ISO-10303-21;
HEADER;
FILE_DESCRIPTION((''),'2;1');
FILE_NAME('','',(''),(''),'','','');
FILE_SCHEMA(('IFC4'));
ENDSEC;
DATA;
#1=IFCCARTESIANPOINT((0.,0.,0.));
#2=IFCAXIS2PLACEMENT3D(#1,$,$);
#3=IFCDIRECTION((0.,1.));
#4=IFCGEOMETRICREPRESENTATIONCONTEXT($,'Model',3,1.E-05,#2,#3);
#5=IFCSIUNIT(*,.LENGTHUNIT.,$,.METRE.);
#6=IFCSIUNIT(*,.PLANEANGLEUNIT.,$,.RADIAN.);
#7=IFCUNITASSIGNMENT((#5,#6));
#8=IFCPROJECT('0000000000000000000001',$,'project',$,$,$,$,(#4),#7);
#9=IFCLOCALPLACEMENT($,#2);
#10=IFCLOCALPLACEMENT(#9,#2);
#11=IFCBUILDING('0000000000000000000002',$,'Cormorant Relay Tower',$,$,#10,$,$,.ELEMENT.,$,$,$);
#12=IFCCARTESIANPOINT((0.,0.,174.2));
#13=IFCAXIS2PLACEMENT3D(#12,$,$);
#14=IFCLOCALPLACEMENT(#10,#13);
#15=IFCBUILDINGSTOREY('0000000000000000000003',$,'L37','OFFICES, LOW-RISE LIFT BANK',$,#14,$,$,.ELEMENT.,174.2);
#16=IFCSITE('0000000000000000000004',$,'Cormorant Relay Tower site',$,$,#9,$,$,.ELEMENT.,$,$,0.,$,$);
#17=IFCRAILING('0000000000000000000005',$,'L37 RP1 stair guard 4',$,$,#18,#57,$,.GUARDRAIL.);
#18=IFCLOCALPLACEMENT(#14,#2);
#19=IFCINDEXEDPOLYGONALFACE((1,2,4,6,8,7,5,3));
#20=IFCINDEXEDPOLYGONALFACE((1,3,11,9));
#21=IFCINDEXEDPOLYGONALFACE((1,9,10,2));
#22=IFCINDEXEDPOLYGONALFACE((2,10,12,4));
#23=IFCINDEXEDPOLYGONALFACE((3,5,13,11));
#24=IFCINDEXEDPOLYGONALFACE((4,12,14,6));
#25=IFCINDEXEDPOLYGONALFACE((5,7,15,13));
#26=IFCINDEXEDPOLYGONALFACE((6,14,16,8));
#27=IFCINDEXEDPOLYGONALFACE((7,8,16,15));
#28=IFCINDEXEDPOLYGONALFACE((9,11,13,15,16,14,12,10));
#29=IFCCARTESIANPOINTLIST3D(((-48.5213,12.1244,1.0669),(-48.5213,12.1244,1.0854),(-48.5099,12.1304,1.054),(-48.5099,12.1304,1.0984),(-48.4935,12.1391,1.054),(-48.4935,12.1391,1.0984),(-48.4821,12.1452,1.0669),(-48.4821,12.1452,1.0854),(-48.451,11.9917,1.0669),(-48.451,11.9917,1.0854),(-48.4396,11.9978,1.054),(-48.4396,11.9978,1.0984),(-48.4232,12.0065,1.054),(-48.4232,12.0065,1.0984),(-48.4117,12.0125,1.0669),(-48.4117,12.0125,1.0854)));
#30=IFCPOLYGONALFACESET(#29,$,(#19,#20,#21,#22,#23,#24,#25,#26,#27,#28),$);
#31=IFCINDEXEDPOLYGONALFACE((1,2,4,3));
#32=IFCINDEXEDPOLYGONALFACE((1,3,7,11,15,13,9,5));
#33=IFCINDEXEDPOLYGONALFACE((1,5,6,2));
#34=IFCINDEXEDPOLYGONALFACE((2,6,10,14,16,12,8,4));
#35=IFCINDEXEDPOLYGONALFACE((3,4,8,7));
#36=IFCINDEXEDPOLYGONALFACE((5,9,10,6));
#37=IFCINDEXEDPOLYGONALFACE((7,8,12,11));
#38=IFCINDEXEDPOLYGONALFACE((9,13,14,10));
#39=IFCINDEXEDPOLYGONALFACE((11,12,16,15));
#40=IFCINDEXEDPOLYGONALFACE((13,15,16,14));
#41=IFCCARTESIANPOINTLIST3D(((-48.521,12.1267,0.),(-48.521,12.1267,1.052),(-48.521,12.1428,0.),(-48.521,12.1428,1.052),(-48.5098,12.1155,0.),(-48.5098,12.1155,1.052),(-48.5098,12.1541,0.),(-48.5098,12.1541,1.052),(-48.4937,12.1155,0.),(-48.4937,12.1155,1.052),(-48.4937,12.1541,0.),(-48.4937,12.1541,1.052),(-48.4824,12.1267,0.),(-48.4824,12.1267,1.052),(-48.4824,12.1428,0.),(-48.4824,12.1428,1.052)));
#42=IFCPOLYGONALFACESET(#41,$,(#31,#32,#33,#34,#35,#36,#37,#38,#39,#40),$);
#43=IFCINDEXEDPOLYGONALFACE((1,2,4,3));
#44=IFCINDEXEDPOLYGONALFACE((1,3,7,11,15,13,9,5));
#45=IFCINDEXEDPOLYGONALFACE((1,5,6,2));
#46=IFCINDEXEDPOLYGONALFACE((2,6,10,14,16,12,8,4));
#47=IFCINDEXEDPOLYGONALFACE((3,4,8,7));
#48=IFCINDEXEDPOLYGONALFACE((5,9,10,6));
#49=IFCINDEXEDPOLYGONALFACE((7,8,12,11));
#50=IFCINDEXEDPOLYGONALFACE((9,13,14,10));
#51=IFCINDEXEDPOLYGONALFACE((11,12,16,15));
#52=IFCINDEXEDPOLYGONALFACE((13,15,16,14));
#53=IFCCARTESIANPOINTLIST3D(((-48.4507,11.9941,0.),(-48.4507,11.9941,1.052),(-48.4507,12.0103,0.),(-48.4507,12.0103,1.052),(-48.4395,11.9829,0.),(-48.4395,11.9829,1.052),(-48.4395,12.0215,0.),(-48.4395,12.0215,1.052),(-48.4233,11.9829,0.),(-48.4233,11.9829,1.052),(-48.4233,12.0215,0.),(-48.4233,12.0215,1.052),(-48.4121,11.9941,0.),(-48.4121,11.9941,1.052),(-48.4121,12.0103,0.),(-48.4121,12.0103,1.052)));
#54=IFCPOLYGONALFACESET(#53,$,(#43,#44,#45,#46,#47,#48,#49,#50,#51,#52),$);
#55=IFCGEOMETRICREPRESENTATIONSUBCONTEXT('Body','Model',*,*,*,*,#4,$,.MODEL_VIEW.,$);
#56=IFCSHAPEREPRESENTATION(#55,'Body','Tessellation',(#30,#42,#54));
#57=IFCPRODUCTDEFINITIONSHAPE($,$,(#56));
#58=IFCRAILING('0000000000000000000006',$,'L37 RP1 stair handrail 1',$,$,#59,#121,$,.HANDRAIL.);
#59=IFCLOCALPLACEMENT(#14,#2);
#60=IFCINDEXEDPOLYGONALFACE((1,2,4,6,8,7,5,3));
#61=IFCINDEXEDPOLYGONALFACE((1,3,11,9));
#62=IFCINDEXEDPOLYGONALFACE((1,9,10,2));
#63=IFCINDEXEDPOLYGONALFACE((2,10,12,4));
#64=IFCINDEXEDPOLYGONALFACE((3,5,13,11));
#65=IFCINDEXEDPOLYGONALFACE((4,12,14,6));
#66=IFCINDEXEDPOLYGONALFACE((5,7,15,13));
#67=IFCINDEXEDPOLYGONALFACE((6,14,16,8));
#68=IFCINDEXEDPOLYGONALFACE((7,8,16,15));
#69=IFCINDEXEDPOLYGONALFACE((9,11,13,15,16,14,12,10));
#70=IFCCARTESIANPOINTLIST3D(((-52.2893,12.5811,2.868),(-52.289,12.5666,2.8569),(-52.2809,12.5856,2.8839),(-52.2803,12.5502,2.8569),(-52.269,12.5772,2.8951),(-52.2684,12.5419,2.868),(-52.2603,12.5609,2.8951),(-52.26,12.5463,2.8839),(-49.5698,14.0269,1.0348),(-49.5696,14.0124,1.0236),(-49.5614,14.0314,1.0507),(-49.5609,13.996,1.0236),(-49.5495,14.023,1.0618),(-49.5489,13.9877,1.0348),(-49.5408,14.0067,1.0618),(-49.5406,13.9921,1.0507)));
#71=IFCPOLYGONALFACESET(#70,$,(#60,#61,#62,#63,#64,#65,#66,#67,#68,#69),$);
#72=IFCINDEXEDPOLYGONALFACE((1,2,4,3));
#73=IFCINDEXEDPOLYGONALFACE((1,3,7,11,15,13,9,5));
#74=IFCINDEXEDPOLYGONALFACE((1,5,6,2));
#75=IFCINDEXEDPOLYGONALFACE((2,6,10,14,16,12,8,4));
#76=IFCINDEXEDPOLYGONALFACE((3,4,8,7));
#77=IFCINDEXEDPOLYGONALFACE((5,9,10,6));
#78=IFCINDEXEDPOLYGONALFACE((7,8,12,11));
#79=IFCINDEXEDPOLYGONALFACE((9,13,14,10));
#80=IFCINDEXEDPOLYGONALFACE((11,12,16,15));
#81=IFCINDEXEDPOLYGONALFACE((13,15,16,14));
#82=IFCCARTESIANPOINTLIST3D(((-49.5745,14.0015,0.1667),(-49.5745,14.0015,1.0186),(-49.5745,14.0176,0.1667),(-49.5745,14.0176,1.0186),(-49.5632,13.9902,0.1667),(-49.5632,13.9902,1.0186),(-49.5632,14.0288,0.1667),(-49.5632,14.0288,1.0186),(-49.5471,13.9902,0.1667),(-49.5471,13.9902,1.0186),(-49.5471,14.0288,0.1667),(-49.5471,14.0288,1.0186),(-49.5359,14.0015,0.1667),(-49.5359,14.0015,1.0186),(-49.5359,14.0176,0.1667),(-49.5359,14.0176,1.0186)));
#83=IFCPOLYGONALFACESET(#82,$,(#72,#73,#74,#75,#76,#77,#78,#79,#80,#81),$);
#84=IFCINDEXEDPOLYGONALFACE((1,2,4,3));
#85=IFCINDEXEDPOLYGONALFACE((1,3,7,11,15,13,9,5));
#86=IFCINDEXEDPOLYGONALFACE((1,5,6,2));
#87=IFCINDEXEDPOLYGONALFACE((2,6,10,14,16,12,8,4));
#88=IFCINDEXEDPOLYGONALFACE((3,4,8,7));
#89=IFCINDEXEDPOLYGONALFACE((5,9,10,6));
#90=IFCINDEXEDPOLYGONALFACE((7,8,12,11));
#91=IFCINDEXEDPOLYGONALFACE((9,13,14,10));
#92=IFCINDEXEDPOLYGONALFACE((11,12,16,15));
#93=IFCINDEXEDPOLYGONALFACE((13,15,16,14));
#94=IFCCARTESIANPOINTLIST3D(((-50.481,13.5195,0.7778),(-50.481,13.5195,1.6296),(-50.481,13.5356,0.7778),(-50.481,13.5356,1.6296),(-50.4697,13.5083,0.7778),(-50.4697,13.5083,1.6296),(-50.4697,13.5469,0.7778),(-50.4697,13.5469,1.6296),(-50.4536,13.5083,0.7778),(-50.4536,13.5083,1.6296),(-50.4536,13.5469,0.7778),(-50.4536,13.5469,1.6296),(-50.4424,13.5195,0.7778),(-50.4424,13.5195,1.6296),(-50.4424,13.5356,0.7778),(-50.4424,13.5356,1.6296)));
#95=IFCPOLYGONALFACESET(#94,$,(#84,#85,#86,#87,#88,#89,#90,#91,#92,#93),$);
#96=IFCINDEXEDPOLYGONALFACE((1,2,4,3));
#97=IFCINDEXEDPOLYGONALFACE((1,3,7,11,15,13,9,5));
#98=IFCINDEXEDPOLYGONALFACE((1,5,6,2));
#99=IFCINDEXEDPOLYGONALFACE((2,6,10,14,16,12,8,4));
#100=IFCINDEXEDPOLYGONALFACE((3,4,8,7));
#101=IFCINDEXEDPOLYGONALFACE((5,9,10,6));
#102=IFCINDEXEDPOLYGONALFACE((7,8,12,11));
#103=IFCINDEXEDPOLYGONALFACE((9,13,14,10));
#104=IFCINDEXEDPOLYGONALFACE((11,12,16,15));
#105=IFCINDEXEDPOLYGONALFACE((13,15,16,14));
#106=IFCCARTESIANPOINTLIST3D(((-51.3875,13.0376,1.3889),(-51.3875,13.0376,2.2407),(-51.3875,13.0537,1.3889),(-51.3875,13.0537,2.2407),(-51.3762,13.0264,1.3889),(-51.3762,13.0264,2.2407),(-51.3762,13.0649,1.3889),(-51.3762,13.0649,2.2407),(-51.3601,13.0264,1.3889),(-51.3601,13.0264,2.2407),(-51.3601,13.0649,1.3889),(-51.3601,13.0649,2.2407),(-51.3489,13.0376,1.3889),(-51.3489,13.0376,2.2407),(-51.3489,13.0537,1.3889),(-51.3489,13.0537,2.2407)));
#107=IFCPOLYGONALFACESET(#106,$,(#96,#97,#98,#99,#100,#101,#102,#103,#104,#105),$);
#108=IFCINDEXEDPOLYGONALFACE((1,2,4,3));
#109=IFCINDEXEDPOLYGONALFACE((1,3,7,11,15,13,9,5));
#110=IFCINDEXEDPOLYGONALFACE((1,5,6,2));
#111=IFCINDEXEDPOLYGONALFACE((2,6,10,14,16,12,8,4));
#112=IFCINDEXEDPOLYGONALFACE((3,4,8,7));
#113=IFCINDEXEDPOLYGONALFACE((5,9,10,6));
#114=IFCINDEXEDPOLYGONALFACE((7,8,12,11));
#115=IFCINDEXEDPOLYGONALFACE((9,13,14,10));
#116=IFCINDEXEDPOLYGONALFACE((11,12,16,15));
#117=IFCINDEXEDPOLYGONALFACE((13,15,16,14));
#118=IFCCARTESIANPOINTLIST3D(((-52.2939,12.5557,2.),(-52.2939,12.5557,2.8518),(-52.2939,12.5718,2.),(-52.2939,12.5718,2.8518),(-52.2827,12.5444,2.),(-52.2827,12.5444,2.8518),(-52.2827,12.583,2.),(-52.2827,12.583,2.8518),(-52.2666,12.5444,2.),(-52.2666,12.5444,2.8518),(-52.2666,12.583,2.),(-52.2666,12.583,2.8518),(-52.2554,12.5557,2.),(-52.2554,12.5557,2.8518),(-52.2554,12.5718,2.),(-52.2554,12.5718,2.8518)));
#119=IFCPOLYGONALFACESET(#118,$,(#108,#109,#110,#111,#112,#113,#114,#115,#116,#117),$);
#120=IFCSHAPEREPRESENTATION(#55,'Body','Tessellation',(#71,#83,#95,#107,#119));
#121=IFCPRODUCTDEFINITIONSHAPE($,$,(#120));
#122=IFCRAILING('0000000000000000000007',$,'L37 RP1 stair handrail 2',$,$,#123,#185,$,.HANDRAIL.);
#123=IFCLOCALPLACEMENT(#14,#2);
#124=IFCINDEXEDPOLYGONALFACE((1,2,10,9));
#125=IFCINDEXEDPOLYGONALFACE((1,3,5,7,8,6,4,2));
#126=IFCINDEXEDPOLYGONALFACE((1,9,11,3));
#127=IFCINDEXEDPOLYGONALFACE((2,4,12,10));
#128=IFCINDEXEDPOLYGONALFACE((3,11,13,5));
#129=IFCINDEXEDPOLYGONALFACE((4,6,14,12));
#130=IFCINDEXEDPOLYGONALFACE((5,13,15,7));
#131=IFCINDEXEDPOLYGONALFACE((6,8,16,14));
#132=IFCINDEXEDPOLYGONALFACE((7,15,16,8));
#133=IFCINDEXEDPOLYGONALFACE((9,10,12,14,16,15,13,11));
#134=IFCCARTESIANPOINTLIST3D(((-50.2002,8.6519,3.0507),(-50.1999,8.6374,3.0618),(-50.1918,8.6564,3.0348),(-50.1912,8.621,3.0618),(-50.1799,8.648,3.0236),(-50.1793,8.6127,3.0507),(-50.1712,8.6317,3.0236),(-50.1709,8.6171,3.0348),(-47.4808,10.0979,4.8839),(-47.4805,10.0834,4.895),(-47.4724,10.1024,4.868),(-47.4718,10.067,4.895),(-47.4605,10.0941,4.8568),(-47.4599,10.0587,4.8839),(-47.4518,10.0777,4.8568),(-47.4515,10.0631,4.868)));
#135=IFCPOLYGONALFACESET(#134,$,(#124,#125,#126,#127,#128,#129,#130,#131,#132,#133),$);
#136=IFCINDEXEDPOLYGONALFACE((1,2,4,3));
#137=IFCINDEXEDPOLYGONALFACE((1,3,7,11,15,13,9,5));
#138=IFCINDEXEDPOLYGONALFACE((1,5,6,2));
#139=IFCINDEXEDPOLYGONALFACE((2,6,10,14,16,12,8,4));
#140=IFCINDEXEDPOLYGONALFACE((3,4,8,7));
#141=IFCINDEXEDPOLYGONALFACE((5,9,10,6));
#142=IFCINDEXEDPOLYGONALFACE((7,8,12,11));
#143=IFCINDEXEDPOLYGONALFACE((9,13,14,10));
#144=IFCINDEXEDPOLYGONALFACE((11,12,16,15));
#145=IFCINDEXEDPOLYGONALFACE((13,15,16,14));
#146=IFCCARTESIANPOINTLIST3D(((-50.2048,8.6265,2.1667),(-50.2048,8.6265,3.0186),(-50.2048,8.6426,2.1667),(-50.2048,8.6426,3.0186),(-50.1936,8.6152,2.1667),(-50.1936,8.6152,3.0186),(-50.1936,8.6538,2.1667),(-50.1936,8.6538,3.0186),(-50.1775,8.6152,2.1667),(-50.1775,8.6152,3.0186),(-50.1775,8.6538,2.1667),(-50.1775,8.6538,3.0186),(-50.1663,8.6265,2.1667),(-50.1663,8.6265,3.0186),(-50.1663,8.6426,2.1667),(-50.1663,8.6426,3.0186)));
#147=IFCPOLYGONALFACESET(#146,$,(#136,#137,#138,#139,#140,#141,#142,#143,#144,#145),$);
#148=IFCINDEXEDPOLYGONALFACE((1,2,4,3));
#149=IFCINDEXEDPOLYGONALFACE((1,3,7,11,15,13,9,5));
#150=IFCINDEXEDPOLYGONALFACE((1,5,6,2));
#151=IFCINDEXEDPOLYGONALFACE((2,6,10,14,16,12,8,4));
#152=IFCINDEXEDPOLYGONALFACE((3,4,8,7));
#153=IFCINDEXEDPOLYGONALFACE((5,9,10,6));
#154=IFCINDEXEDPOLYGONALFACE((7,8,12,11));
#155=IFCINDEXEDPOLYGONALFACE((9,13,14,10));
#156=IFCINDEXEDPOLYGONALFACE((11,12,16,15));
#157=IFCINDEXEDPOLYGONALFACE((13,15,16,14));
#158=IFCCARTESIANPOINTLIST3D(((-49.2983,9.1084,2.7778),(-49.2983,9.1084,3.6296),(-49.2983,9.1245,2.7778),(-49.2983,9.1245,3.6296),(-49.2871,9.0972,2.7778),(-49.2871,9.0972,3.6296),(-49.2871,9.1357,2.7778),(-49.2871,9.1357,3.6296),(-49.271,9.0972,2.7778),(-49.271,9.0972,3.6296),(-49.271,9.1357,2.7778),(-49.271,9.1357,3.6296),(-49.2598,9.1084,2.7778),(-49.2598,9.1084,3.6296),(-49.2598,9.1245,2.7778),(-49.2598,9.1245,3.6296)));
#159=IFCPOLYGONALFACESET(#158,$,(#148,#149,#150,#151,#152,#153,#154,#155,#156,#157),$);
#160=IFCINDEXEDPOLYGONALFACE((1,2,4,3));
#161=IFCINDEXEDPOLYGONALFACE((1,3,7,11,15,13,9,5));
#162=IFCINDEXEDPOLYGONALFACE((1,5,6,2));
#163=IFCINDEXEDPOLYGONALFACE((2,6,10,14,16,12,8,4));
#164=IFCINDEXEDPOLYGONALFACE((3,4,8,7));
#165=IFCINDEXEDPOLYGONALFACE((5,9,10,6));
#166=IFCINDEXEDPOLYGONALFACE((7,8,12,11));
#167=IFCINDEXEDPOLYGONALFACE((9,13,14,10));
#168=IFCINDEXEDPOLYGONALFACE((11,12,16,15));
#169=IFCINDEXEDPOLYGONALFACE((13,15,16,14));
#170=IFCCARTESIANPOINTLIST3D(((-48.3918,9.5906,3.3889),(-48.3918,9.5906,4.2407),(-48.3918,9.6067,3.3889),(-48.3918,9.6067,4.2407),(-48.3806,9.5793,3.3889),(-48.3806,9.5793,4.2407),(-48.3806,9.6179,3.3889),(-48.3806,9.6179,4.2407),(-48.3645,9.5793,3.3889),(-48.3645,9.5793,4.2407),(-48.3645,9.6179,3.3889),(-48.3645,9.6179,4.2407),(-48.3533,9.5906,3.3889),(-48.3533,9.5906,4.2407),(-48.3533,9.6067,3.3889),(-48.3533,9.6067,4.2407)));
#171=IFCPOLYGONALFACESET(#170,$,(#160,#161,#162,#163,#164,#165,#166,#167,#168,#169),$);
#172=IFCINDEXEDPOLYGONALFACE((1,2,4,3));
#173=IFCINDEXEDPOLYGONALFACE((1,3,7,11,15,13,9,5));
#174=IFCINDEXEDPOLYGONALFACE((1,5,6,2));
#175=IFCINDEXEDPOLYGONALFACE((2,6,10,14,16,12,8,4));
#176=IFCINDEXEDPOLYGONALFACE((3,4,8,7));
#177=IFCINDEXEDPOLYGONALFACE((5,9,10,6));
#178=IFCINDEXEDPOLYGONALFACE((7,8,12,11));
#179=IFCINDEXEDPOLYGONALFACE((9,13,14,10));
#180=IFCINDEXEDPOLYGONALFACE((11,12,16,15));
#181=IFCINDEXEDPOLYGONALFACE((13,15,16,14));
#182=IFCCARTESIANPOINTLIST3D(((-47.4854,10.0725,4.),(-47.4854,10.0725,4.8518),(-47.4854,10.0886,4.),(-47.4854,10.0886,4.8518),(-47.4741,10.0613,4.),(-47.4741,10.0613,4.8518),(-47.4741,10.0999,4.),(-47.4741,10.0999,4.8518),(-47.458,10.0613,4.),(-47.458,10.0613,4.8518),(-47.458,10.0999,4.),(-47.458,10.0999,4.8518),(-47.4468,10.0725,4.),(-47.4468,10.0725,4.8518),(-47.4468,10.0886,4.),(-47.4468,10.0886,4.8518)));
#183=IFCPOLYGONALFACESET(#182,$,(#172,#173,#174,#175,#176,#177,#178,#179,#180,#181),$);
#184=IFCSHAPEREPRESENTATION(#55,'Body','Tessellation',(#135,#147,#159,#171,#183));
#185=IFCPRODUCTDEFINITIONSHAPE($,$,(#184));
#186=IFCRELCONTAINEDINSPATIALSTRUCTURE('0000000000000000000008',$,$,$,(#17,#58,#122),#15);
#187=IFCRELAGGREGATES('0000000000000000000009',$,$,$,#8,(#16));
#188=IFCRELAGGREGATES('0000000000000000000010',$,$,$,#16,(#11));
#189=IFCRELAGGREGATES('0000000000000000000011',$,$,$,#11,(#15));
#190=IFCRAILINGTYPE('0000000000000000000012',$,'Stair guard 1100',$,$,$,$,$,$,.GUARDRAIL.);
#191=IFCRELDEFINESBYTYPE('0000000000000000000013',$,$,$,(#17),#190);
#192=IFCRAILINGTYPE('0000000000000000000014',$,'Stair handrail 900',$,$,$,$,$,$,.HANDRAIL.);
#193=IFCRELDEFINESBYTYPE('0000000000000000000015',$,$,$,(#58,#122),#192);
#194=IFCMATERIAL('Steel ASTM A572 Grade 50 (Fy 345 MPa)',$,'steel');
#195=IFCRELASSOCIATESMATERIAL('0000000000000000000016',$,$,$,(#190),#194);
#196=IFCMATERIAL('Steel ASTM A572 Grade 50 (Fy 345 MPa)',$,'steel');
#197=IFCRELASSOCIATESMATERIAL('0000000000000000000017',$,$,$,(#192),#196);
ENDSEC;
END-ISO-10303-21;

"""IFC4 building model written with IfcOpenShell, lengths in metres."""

from ifc_helpers import new_model, si_unit, direction, frame, origin, place, context, subcontext, project, spatial, polyline, outline, extrude, material, type_object, element, save


model = new_model("IFC4")

# Units and contexts
model_context = context("Model", 3, precision=1e-05, world=origin(), true_north=direction((0.0, 1.0)))
body_context = subcontext(model_context, "Body", "Model", "MODEL_VIEW")
ifc_project = project(units=[si_unit("LENGTHUNIT", "METRE"), si_unit("PLANEANGLEUNIT", "RADIAN")], contexts=[model_context])

# Site, building, storey
site_placement = place(None, origin())
site = spatial("IfcSite", under=ifc_project, at=site_placement, Name="Cormorant Relay Tower site", CompositionType="ELEMENT", RefElevation=0.0)
building_placement = place(site_placement, origin())
building = spatial("IfcBuilding", under=site, at=building_placement, Name="Cormorant Relay Tower", CompositionType="ELEMENT")
storey_placement = place(building_placement, frame((0.0, 0.0, 174.2)))
storey = spatial("IfcBuildingStorey", under=building, at=storey_placement, Name="L37", Description="OFFICES, LOW-RISE LIFT BANK", CompositionType="ELEMENT", Elevation=174.2)

# Railings
ifc_material_1 = material(Name="Steel ASTM A572 Grade 50 (Fy 345 MPa)", Category="steel")
railing_type_1 = type_object("IfcRailingType", Name="Stair guard 1100", PredefinedType="GUARDRAIL", material=ifc_material_1)
railing_1_placement = place(storey_placement, frame((-48.5017, 12.1348, 0.0)))
element("IfcRailing", 1, at=railing_1_placement, inside=storey, type_object=railing_type_1, Name="L37 RP1 stair guard 4", PredefinedType="GUARDRAIL", context=body_context, shape_type="SweptSolid", body=[
    extrude(outline(polyline([(0.0222, 0.0093), (0.0093, 0.0222), (-0.0093, 0.0222), (-0.0222, 0.0093), (-0.0222, -0.0093), (-0.0093, -0.0222), (0.0093, -0.0222), (0.0222, -0.0093), (0.0222, 0.0093)])), frame((0.0, 0.0, 1.0762), z_axis=(0.46856, -0.883431, 0.0), x_axis=(0.883431, 0.46856, 0.0)), (0.0, 0.0, 1.0), 0.1501),
    extrude(outline(polyline([(0.0193, 0.0081), (0.0081, 0.0193), (-0.0081, 0.0193), (-0.0193, 0.0081), (-0.0193, -0.0081), (-0.0081, -0.0193), (0.0081, -0.0193), (0.0193, -0.0081), (0.0193, 0.0081)])), origin(), (0.0, 0.0, 1.0), 1.052),
    extrude(outline(polyline([(0.0193, 0.0081), (0.0081, 0.0193), (-0.0081, 0.0193), (-0.0193, 0.0081), (-0.0193, -0.0081), (-0.0081, -0.0193), (0.0081, -0.0193), (0.0193, -0.0081), (0.0193, 0.0081)])), frame((0.0703, -0.1326, 0.0)), (0.0, 0.0, 1.0), 1.052),
])
ifc_material_2 = material(Name="Steel ASTM A572 Grade 50 (Fy 345 MPa)", Category="steel")
railing_type_2 = type_object("IfcRailingType", Name="Stair handrail 900", PredefinedType="HANDRAIL", material=ifc_material_2)
railing_2_placement = place(storey_placement, frame((-49.5552, 14.0095, 0.1667)))
element("IfcRailing", 2, at=railing_2_placement, inside=storey, type_object=railing_type_2, Name="L37 RP1 stair handrail 1", PredefinedType="HANDRAIL", context=body_context, shape_type="SweptSolid", body=[
    extrude(outline(polyline([(0.0222, 0.0093), (0.0093, 0.0222), (-0.0093, 0.0222), (-0.0222, 0.0093), (-0.0222, -0.0093), (-0.0093, -0.0222), (0.0093, -0.0222), (0.0222, -0.0093), (0.0222, 0.0093)])), frame((0.0, 0.0, 0.876), z_axis=(-0.758735, -0.403378, 0.511477), x_axis=(0.469428, -0.882971, 0.0)), (0.0, 0.0, 1.0), 3.5842),
    extrude(outline(polyline([(0.0193, 0.0081), (0.0081, 0.0193), (-0.0081, 0.0193), (-0.0193, 0.0081), (-0.0193, -0.0081), (-0.0081, -0.0193), (0.0081, -0.0193), (0.0193, -0.0081), (0.0193, 0.0081)])), origin(), (0.0, 0.0, 1.0), 0.8518),
    extrude(outline(polyline([(0.0193, 0.0081), (0.0081, 0.0193), (-0.0081, 0.0193), (-0.0193, 0.0081), (-0.0193, -0.0081), (-0.0081, -0.0193), (0.0081, -0.0193), (0.0193, -0.0081), (0.0193, 0.0081)])), frame((-0.9065, -0.4819, 0.6111)), (0.0, 0.0, 1.0), 0.8518),
    extrude(outline(polyline([(0.0193, 0.0081), (0.0081, 0.0193), (-0.0081, 0.0193), (-0.0193, 0.0081), (-0.0193, -0.0081), (-0.0081, -0.0193), (0.0081, -0.0193), (0.0193, -0.0081), (0.0193, 0.0081)])), frame((-1.813, -0.9639, 1.2222)), (0.0, 0.0, 1.0), 0.8518),
    extrude(outline(polyline([(0.0193, 0.0081), (0.0081, 0.0193), (-0.0081, 0.0193), (-0.0193, 0.0081), (-0.0193, -0.0081), (-0.0081, -0.0193), (0.0081, -0.0193), (0.0193, -0.0081), (0.0193, 0.0081)])), frame((-2.7195, -1.4458, 1.8333)), (0.0, 0.0, 1.0), 0.8518),
])
railing_3_placement = place(storey_placement, frame((-50.1855, 8.6345, 2.1667)))
element("IfcRailing", 3, at=railing_3_placement, inside=storey, type_object=railing_type_2, Name="L37 RP1 stair handrail 2", PredefinedType="HANDRAIL", context=body_context, shape_type="SweptSolid", body=[
    extrude(outline(polyline([(0.0222, 0.0093), (0.0093, 0.0222), (-0.0093, 0.0222), (-0.0222, 0.0093), (-0.0222, -0.0093), (-0.0093, -0.0222), (0.0093, -0.0222), (0.0222, -0.0093), (0.0222, 0.0093)])), frame((0.0, 0.0, 0.876), z_axis=(0.758714, 0.403435, 0.511463), x_axis=(-0.469489, 0.882938, 0.0)), (0.0, 0.0, 1.0), 3.5842),
    extrude(outline(polyline([(0.0193, 0.0081), (0.0081, 0.0193), (-0.0081, 0.0193), (-0.0193, 0.0081), (-0.0193, -0.0081), (-0.0081, -0.0193), (0.0081, -0.0193), (0.0193, -0.0081), (0.0193, 0.0081)])), origin(), (0.0, 0.0, 1.0), 0.8518),
    extrude(outline(polyline([(0.0193, 0.0081), (0.0081, 0.0193), (-0.0081, 0.0193), (-0.0193, 0.0081), (-0.0193, -0.0081), (-0.0081, -0.0193), (0.0081, -0.0193), (0.0193, -0.0081), (0.0193, 0.0081)])), frame((0.9065, 0.4819, 0.6111)), (0.0, 0.0, 1.0), 0.8518),
    extrude(outline(polyline([(0.0193, 0.0081), (0.0081, 0.0193), (-0.0081, 0.0193), (-0.0193, 0.0081), (-0.0193, -0.0081), (-0.0081, -0.0193), (0.0081, -0.0193), (0.0193, -0.0081), (0.0193, 0.0081)])), frame((1.813, 0.9641, 1.2222)), (0.0, 0.0, 1.0), 0.8518),
    extrude(outline(polyline([(0.0193, 0.0081), (0.0081, 0.0193), (-0.0081, 0.0193), (-0.0193, 0.0081), (-0.0193, -0.0081), (-0.0081, -0.0193), (0.0081, -0.0193), (0.0193, -0.0081), (0.0193, 0.0081)])), frame((2.7195, 1.446, 1.8333)), (0.0, 0.0, 1.0), 0.8518),
])

save(model, "model.ifc")
